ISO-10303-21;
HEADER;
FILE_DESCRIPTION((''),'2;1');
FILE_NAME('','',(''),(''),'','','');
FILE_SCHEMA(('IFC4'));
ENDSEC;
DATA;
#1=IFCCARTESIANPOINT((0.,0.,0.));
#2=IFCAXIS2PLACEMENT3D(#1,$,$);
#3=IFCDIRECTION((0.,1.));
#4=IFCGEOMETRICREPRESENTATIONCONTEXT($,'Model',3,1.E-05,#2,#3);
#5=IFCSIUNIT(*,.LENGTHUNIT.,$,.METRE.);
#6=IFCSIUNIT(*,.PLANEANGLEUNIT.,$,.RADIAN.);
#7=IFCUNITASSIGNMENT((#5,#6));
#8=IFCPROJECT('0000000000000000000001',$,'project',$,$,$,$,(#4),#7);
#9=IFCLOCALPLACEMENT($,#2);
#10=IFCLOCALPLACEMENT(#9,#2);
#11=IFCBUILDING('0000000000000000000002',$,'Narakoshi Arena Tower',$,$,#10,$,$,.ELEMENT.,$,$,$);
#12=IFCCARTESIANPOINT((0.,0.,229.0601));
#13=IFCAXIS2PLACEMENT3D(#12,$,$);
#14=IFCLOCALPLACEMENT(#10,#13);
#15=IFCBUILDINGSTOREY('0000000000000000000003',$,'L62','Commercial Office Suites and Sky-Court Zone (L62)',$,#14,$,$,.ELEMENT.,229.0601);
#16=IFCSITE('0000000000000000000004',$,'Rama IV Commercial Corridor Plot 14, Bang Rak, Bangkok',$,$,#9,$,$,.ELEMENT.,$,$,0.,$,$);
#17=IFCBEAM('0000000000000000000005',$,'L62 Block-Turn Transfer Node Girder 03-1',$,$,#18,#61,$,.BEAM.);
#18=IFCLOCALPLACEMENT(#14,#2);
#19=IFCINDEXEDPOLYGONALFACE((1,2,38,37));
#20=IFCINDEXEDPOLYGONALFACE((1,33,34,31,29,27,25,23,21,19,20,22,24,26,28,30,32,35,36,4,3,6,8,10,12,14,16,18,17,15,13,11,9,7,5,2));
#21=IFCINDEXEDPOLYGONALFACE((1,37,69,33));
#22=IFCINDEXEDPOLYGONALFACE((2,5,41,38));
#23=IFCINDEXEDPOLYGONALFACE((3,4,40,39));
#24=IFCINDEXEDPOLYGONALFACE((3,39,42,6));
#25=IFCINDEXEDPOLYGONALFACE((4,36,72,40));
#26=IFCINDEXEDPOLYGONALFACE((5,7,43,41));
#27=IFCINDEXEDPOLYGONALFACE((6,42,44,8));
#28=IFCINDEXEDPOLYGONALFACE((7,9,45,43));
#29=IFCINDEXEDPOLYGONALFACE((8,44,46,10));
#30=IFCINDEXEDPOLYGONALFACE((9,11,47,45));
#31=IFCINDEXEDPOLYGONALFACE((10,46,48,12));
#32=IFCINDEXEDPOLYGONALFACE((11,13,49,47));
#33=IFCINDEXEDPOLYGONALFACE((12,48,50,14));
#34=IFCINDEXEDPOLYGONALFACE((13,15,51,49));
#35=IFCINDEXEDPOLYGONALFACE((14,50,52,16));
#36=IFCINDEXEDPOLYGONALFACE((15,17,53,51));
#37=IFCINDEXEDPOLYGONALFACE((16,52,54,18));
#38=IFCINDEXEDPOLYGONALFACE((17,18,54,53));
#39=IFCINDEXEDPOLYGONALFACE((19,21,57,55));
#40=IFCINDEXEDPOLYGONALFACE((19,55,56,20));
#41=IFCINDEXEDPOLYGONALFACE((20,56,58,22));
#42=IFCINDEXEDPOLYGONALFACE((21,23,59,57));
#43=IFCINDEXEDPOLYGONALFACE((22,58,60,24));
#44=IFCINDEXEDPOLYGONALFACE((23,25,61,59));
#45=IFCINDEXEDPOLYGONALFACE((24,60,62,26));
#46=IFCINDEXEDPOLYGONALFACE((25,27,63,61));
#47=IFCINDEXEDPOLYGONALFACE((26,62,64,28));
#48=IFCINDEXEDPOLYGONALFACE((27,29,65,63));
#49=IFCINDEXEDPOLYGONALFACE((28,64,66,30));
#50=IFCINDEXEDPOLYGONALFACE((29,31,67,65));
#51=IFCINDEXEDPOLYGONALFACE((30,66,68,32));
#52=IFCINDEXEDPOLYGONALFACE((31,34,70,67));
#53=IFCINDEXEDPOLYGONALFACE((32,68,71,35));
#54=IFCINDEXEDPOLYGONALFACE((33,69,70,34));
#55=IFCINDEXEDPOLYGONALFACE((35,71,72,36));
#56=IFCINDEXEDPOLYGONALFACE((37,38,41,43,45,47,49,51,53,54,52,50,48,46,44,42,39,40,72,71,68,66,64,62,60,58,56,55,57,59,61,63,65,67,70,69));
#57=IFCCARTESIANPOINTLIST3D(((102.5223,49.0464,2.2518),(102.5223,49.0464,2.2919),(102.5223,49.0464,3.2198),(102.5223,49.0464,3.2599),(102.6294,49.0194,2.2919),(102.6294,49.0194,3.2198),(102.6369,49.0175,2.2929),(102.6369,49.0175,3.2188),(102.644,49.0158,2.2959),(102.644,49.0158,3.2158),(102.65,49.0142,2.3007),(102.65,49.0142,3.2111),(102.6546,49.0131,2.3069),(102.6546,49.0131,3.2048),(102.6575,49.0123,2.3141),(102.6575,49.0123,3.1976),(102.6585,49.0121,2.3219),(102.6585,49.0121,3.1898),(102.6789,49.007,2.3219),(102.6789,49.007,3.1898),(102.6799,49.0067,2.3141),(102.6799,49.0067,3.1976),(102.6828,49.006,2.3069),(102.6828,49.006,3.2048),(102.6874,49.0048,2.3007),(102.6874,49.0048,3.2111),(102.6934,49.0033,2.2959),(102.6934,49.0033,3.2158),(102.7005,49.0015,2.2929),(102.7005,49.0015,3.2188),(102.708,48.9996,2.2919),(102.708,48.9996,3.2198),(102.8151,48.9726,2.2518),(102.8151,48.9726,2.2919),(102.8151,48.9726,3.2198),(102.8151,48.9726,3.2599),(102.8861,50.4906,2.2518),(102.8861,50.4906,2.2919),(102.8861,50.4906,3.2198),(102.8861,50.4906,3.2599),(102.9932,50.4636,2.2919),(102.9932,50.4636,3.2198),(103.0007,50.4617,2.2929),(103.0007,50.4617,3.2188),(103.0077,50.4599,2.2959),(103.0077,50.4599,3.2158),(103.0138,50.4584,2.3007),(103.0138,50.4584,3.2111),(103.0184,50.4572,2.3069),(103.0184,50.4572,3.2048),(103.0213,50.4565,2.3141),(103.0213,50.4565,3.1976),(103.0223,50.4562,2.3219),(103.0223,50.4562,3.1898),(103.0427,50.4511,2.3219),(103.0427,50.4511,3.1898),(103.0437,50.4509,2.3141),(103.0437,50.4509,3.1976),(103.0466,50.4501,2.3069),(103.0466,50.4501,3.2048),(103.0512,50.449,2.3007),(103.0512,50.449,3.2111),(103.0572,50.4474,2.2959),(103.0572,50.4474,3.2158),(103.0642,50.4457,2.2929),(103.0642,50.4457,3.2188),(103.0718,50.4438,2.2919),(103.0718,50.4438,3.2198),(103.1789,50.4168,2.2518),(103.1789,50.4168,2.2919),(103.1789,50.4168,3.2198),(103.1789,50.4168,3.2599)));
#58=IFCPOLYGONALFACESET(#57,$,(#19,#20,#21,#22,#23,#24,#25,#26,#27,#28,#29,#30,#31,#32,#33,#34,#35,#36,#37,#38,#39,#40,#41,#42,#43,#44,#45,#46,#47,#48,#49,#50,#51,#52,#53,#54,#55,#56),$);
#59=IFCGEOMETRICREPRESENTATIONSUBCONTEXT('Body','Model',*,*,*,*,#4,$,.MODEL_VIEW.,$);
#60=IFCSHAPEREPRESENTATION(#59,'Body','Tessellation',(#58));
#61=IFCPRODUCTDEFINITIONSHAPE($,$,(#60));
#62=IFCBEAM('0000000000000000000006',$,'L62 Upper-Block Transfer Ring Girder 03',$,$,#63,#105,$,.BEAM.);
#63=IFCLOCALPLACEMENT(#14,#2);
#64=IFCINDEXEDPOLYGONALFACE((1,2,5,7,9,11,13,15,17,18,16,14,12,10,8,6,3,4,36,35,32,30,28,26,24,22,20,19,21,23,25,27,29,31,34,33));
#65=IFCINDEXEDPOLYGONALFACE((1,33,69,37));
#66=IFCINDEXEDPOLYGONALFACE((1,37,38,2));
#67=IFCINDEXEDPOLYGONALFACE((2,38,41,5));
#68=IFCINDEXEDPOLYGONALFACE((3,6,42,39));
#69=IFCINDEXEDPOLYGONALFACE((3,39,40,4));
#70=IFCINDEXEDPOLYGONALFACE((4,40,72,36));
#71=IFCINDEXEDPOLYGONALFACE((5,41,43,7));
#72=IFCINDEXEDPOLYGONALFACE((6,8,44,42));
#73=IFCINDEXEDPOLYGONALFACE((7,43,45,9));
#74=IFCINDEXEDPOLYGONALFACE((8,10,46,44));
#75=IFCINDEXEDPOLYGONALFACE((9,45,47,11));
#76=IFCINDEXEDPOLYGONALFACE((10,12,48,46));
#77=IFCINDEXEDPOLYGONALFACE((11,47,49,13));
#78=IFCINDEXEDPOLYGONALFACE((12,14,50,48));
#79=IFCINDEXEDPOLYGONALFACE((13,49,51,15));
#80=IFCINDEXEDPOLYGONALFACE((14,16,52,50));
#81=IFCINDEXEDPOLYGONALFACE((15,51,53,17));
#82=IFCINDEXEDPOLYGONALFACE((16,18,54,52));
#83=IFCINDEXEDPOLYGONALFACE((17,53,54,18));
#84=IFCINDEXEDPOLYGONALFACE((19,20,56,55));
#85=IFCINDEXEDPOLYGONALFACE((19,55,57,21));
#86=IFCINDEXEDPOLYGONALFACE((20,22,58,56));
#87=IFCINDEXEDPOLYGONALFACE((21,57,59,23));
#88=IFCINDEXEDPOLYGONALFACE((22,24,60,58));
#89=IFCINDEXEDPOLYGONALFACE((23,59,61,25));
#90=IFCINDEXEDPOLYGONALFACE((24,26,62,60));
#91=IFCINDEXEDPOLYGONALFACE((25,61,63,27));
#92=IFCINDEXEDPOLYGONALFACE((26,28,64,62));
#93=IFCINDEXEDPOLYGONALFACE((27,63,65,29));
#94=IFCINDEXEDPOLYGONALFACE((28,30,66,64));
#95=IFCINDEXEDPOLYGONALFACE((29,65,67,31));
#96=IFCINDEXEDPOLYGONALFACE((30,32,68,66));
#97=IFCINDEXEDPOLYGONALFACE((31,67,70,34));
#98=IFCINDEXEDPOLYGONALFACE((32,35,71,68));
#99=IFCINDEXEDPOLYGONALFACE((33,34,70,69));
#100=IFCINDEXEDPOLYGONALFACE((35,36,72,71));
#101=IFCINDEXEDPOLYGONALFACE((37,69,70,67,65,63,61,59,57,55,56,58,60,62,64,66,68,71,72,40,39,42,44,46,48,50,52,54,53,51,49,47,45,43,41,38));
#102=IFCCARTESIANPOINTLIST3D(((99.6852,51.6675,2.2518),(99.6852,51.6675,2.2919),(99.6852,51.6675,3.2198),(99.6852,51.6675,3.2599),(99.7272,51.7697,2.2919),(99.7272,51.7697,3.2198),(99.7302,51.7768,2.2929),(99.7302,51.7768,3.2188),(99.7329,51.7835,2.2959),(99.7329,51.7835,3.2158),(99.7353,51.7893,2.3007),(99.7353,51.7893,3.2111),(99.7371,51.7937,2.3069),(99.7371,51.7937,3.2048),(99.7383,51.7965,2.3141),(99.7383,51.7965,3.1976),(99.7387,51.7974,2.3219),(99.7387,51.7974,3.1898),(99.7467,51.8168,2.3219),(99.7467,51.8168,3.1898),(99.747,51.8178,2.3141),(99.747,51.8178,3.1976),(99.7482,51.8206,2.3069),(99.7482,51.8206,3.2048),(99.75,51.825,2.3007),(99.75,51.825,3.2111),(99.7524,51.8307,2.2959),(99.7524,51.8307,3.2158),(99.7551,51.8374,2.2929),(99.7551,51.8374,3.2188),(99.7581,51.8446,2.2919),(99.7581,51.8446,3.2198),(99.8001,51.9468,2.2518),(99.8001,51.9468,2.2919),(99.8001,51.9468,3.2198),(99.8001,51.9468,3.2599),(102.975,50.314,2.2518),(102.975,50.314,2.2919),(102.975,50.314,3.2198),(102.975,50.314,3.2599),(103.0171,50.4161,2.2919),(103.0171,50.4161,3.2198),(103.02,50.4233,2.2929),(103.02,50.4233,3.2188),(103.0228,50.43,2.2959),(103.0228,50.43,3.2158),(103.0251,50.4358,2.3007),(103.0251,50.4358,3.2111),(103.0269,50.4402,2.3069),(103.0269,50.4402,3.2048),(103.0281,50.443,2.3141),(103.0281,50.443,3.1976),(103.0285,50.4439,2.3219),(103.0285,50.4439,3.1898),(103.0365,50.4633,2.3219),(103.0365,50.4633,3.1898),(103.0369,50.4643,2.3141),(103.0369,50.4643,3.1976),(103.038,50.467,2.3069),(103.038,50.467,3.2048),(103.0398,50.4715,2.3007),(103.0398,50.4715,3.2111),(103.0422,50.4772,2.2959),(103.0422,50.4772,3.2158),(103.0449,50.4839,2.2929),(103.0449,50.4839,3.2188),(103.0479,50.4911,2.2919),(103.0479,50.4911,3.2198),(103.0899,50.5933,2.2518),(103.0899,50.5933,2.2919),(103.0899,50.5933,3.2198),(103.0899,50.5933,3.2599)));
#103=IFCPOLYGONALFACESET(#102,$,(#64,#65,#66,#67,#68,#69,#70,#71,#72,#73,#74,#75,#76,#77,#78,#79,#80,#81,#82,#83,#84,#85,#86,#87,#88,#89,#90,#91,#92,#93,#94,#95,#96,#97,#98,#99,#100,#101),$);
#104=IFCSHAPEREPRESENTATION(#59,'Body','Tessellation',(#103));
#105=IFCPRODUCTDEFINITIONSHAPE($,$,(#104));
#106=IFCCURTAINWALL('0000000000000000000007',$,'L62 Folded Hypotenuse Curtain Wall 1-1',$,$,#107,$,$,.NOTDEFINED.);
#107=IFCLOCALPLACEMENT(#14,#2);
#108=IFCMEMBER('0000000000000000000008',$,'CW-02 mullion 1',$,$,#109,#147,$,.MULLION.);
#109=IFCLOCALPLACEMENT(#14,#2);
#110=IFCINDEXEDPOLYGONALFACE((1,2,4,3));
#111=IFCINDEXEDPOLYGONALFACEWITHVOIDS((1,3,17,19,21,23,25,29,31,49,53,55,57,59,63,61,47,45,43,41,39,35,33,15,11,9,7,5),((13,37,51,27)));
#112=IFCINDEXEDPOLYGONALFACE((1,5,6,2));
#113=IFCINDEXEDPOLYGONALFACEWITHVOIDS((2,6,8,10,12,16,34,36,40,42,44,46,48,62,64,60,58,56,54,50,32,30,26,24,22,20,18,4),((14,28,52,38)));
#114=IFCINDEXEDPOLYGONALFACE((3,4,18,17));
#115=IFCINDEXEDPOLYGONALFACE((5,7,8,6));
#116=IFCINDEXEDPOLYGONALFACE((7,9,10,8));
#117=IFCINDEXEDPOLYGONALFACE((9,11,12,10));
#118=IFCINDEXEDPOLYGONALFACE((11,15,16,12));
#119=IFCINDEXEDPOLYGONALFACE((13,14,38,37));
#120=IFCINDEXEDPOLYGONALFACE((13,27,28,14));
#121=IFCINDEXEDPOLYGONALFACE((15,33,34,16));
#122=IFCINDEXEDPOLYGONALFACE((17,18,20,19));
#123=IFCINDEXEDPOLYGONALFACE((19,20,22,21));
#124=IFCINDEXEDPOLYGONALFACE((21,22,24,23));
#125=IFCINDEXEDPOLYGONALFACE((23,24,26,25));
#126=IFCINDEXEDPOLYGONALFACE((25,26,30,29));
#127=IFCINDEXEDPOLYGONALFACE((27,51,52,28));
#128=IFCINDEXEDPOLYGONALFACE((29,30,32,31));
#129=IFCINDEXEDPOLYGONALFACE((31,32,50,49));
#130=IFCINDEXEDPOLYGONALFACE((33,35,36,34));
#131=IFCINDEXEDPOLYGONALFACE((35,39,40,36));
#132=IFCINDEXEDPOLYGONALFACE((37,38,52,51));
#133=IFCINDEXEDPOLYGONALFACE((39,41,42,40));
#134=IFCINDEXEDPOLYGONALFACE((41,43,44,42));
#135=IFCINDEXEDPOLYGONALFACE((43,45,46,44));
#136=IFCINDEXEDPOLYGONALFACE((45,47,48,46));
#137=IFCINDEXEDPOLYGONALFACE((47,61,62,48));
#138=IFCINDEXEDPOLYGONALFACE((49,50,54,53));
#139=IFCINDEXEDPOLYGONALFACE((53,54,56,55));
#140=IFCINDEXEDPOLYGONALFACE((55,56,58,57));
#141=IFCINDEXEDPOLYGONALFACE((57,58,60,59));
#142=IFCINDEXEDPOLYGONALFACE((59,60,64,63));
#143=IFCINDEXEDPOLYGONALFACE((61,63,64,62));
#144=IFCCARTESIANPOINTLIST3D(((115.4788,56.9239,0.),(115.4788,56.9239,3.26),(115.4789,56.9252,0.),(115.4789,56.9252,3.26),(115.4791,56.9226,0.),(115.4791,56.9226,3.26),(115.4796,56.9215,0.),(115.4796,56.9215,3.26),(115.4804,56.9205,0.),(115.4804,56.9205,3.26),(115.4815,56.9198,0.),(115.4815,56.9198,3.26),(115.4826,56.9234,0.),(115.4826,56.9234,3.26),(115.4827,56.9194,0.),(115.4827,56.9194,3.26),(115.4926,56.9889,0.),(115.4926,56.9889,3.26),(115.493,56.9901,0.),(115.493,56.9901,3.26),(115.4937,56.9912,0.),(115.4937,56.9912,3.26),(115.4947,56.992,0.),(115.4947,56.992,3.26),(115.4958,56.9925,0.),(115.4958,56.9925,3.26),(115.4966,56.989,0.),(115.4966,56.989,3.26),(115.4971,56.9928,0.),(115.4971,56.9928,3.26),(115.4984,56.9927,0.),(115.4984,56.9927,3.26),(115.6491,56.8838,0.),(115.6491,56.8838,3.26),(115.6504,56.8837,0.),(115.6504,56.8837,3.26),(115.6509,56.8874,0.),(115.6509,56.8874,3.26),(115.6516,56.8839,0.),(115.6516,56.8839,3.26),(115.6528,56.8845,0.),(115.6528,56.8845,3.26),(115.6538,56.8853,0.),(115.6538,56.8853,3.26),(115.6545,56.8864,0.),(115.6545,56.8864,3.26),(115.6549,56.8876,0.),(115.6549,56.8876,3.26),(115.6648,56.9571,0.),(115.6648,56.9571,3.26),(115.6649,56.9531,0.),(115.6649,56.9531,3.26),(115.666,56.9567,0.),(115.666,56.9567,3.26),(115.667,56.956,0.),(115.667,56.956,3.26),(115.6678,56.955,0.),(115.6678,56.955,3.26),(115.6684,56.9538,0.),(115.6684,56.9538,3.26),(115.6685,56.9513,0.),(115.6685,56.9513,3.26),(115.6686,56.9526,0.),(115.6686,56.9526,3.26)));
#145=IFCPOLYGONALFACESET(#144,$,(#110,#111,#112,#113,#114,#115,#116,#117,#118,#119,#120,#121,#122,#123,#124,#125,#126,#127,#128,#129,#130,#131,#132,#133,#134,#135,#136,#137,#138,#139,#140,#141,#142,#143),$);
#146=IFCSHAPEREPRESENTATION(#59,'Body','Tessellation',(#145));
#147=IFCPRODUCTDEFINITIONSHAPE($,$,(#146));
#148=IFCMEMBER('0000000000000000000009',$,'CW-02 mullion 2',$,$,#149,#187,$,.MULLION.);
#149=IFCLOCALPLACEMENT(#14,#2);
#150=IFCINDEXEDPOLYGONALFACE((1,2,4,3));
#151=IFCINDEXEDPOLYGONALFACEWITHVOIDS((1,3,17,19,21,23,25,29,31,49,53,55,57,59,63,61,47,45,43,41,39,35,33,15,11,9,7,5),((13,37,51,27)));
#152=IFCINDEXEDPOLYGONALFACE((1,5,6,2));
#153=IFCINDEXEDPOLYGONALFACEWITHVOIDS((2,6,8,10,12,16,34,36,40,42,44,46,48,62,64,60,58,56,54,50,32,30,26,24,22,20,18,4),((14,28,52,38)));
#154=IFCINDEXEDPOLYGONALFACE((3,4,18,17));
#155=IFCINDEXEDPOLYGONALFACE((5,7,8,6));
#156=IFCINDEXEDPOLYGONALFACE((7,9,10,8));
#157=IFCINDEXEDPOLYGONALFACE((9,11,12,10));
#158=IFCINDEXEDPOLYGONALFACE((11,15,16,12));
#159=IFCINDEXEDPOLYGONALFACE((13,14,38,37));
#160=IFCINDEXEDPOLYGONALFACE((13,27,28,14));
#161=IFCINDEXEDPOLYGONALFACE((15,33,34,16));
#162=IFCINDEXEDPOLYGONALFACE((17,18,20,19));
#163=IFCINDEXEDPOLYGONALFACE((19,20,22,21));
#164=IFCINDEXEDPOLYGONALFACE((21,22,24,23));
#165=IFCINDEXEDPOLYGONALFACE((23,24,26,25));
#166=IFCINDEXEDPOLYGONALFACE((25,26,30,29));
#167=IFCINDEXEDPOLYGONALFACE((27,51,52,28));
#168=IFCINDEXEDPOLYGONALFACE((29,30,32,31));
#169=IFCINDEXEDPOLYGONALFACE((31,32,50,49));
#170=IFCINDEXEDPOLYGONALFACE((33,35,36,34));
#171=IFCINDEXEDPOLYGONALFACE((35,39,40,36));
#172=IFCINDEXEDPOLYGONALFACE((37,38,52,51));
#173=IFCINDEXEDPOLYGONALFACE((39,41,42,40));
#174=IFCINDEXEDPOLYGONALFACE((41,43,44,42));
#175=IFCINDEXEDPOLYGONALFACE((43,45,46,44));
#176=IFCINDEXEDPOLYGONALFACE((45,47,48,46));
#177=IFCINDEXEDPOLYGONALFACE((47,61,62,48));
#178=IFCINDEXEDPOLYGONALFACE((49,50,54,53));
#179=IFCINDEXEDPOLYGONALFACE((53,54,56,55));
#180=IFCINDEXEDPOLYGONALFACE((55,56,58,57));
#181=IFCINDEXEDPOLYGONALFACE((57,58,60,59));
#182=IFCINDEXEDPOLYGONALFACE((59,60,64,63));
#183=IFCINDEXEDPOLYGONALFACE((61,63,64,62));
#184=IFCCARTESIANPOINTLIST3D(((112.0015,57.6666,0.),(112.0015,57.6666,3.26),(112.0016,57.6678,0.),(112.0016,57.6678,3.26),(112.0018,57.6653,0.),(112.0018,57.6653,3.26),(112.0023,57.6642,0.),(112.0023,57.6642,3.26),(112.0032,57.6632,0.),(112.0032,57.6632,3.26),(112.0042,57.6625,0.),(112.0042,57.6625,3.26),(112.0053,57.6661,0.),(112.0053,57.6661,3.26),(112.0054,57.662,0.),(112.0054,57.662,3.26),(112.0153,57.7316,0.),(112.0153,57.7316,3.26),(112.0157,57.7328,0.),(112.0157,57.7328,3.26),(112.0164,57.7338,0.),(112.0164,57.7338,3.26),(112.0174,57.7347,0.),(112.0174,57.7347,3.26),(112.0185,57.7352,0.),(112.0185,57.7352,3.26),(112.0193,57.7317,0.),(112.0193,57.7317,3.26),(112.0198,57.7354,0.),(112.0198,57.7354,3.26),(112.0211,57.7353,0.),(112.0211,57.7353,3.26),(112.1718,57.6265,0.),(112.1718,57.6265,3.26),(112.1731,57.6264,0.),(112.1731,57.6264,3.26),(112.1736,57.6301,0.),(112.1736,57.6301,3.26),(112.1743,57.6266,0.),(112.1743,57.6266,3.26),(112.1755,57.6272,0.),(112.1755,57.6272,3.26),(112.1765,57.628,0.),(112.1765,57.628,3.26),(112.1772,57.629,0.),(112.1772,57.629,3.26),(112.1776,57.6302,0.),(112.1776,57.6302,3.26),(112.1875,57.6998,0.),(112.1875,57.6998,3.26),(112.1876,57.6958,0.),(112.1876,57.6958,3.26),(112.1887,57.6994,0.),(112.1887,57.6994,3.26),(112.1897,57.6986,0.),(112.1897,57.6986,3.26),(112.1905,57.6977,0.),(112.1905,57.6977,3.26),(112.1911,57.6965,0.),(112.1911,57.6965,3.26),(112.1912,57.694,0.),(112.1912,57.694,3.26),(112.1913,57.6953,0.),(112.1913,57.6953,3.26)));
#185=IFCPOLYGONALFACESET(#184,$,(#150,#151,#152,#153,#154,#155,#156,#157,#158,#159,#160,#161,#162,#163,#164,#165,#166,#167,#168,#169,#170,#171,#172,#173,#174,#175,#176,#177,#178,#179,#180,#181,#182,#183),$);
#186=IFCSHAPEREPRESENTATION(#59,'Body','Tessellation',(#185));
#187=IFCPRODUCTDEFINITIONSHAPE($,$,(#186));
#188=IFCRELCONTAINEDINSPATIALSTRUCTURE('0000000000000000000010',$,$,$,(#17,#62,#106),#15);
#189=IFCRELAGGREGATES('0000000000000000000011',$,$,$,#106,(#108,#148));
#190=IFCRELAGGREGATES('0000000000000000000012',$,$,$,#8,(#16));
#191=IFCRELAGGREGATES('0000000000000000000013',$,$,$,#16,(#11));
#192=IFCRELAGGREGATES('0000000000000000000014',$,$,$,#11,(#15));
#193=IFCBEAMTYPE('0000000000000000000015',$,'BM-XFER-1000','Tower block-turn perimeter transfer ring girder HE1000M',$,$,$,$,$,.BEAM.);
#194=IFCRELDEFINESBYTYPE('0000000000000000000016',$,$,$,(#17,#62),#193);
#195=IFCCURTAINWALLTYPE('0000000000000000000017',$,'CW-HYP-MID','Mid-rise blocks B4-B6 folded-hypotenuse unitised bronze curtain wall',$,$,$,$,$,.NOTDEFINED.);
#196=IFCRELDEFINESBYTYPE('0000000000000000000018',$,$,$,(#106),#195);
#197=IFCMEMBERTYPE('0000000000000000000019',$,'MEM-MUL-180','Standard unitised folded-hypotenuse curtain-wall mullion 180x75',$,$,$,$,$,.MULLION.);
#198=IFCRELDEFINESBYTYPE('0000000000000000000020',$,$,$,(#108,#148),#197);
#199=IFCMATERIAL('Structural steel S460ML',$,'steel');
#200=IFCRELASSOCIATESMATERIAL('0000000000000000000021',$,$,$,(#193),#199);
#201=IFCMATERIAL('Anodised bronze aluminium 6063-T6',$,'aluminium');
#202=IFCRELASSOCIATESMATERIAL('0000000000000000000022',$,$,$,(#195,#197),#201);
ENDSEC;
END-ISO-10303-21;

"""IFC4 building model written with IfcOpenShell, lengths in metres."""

from ifc_helpers import new_model, si_unit, direction, frame, origin, origin_2d, place, context, subcontext, project, spatial, hollow_rectangle, i_section, extrude, material, material_profile, profile_set, type_object, element, aggregate, save


model = new_model("IFC4")

# Units and contexts
model_context = context("Model", 3, precision=1e-05, world=origin(), true_north=direction((0.0, 1.0)))
body_context = subcontext(model_context, "Body", "Model", "MODEL_VIEW")
ifc_project = project(units=[si_unit("LENGTHUNIT", "METRE"), si_unit("PLANEANGLEUNIT", "RADIAN")], contexts=[model_context])

# Site, building, storey
site_placement = place(None, origin())
site = spatial("IfcSite", under=ifc_project, at=site_placement, Name="Rama IV Commercial Corridor Plot 14, Bang Rak, Bangkok", CompositionType="ELEMENT", RefElevation=0.0)
building_placement = place(site_placement, origin())
building = spatial("IfcBuilding", under=site, at=building_placement, Name="Narakoshi Arena Tower", CompositionType="ELEMENT")
storey_placement = place(building_placement, frame((0.0, 0.0, 229.0601)))
storey = spatial("IfcBuildingStorey", under=building, at=storey_placement, Name="L62", Description="Commercial Office Suites and Sky-Court Zone (L62)", CompositionType="ELEMENT", Elevation=229.0601)

# Beams
ifc_material_1 = material(Name="Structural steel S460ML", Category="steel")
ifc_material_profile_1 = material_profile(ifc_material_1, i_section(OverallWidth=0.302, OverallDepth=1.0081, WebThickness=0.021, FlangeThickness=0.04, FilletRadius=0.03, at=origin_2d()), Name="HE1000M")
ifc_profile_set_1 = profile_set([ifc_material_profile_1], Name="Structural steel S460ML")
beam_type = type_object("IfcBeamType", Name="BM-XFER-1000", Description="Tower block-turn perimeter transfer ring girder HE1000M", PredefinedType="BEAM", material=ifc_profile_set_1)
beam_1_placement = place(storey_placement, frame((102.6687, 49.0095, 2.7559), z_axis=(0.244271, 0.969707, 0.0), x_axis=(-0.969707, 0.244271, 0.0)))
element("IfcBeam", 1, at=beam_1_placement, inside=storey, type_object=beam_type, Name="L62 Block-Turn Transfer Node Girder 03-1", PredefinedType="BEAM", context=body_context, shape_type="SweptSolid", body=[
    extrude(i_section(OverallWidth=0.302, OverallDepth=1.0081, WebThickness=0.021, FlangeThickness=0.04, FilletRadius=0.03, at=origin_2d()), origin(), (0.0, 0.0, 1.0), 1.4893),
])
beam_2_placement = place(storey_placement, frame((103.0325, 50.4536, 2.7559), z_axis=(-0.924788, 0.380484, 0.0), x_axis=(-0.380484, -0.924788, 0.0)))
element("IfcBeam", 2, at=beam_2_placement, inside=storey, type_object=beam_type, Name="L62 Upper-Block Transfer Ring Girder 03", PredefinedType="BEAM", context=body_context, shape_type="SweptSolid", body=[
    extrude(i_section(OverallWidth=0.302, OverallDepth=1.0081, WebThickness=0.021, FlangeThickness=0.04, FilletRadius=0.03, at=origin_2d()), origin(), (0.0, 0.0, 1.0), 3.5574),
])

# Curtain wall, members
ifc_material_2 = material(Name="Anodised bronze aluminium 6063-T6", Category="aluminium")
curtain_wall_type = type_object("IfcCurtainWallType", Name="CW-HYP-MID", Description="Mid-rise blocks B4-B6 folded-hypotenuse unitised bronze curtain wall", PredefinedType="NOTDEFINED", material=ifc_material_2)
curtain_wall_placement = place(storey_placement, origin())
curtain_wall = element("IfcCurtainWall", 3, at=curtain_wall_placement, inside=storey, type_object=curtain_wall_type, Name="L62 Folded Hypotenuse Curtain Wall 1-1", PredefinedType="NOTDEFINED")
ifc_material_profile_2 = material_profile(ifc_material_2, hollow_rectangle(XDim=0.075, YDim=0.1799, WallThickness=0.0039, OuterFilletRadius=0.0049, at=origin_2d()), Name="MUL180x75x4")
ifc_profile_set_2 = profile_set([ifc_material_profile_2], Name="Anodised bronze aluminium 6063-T6")
member_type_1 = type_object("IfcMemberType", Name="MEM-MUL-180", Description="Standard unitised folded-hypotenuse curtain-wall mullion 180x75", PredefinedType="MULLION", material=ifc_profile_set_2)
member_1_placement = place(storey_placement, frame((115.5737, 56.9382, 0.0), z_axis=(0.0, 0.0, 1.0), x_axis=(-0.208899, -0.977937, 0.0)))
member_1 = element("IfcMember", 4, at=member_1_placement, type_object=member_type_1, Name="CW-02 mullion 1", PredefinedType="MULLION", context=body_context, shape_type="SweptSolid", body=[
    extrude(hollow_rectangle(XDim=0.075, YDim=0.1799, WallThickness=0.0039, OuterFilletRadius=0.0049, at=origin_2d()), origin(), (0.0, 0.0, 1.0), 3.26),
])
member_2_placement = place(storey_placement, frame((112.0964, 57.6809, 0.0), z_axis=(0.0, 0.0, 1.0), x_axis=(-0.208899, -0.977937, 0.0)))
member_2 = element("IfcMember", 5, at=member_2_placement, type_object=member_type_1, Name="CW-02 mullion 2", PredefinedType="MULLION", context=body_context, shape_type="SweptSolid", body=[
    extrude(hollow_rectangle(XDim=0.075, YDim=0.1799, WallThickness=0.0039, OuterFilletRadius=0.0049, at=origin_2d()), origin(), (0.0, 0.0, 1.0), 3.26),
])
aggregate(curtain_wall, [member_1, member_2])

save(model, "model.ifc")
